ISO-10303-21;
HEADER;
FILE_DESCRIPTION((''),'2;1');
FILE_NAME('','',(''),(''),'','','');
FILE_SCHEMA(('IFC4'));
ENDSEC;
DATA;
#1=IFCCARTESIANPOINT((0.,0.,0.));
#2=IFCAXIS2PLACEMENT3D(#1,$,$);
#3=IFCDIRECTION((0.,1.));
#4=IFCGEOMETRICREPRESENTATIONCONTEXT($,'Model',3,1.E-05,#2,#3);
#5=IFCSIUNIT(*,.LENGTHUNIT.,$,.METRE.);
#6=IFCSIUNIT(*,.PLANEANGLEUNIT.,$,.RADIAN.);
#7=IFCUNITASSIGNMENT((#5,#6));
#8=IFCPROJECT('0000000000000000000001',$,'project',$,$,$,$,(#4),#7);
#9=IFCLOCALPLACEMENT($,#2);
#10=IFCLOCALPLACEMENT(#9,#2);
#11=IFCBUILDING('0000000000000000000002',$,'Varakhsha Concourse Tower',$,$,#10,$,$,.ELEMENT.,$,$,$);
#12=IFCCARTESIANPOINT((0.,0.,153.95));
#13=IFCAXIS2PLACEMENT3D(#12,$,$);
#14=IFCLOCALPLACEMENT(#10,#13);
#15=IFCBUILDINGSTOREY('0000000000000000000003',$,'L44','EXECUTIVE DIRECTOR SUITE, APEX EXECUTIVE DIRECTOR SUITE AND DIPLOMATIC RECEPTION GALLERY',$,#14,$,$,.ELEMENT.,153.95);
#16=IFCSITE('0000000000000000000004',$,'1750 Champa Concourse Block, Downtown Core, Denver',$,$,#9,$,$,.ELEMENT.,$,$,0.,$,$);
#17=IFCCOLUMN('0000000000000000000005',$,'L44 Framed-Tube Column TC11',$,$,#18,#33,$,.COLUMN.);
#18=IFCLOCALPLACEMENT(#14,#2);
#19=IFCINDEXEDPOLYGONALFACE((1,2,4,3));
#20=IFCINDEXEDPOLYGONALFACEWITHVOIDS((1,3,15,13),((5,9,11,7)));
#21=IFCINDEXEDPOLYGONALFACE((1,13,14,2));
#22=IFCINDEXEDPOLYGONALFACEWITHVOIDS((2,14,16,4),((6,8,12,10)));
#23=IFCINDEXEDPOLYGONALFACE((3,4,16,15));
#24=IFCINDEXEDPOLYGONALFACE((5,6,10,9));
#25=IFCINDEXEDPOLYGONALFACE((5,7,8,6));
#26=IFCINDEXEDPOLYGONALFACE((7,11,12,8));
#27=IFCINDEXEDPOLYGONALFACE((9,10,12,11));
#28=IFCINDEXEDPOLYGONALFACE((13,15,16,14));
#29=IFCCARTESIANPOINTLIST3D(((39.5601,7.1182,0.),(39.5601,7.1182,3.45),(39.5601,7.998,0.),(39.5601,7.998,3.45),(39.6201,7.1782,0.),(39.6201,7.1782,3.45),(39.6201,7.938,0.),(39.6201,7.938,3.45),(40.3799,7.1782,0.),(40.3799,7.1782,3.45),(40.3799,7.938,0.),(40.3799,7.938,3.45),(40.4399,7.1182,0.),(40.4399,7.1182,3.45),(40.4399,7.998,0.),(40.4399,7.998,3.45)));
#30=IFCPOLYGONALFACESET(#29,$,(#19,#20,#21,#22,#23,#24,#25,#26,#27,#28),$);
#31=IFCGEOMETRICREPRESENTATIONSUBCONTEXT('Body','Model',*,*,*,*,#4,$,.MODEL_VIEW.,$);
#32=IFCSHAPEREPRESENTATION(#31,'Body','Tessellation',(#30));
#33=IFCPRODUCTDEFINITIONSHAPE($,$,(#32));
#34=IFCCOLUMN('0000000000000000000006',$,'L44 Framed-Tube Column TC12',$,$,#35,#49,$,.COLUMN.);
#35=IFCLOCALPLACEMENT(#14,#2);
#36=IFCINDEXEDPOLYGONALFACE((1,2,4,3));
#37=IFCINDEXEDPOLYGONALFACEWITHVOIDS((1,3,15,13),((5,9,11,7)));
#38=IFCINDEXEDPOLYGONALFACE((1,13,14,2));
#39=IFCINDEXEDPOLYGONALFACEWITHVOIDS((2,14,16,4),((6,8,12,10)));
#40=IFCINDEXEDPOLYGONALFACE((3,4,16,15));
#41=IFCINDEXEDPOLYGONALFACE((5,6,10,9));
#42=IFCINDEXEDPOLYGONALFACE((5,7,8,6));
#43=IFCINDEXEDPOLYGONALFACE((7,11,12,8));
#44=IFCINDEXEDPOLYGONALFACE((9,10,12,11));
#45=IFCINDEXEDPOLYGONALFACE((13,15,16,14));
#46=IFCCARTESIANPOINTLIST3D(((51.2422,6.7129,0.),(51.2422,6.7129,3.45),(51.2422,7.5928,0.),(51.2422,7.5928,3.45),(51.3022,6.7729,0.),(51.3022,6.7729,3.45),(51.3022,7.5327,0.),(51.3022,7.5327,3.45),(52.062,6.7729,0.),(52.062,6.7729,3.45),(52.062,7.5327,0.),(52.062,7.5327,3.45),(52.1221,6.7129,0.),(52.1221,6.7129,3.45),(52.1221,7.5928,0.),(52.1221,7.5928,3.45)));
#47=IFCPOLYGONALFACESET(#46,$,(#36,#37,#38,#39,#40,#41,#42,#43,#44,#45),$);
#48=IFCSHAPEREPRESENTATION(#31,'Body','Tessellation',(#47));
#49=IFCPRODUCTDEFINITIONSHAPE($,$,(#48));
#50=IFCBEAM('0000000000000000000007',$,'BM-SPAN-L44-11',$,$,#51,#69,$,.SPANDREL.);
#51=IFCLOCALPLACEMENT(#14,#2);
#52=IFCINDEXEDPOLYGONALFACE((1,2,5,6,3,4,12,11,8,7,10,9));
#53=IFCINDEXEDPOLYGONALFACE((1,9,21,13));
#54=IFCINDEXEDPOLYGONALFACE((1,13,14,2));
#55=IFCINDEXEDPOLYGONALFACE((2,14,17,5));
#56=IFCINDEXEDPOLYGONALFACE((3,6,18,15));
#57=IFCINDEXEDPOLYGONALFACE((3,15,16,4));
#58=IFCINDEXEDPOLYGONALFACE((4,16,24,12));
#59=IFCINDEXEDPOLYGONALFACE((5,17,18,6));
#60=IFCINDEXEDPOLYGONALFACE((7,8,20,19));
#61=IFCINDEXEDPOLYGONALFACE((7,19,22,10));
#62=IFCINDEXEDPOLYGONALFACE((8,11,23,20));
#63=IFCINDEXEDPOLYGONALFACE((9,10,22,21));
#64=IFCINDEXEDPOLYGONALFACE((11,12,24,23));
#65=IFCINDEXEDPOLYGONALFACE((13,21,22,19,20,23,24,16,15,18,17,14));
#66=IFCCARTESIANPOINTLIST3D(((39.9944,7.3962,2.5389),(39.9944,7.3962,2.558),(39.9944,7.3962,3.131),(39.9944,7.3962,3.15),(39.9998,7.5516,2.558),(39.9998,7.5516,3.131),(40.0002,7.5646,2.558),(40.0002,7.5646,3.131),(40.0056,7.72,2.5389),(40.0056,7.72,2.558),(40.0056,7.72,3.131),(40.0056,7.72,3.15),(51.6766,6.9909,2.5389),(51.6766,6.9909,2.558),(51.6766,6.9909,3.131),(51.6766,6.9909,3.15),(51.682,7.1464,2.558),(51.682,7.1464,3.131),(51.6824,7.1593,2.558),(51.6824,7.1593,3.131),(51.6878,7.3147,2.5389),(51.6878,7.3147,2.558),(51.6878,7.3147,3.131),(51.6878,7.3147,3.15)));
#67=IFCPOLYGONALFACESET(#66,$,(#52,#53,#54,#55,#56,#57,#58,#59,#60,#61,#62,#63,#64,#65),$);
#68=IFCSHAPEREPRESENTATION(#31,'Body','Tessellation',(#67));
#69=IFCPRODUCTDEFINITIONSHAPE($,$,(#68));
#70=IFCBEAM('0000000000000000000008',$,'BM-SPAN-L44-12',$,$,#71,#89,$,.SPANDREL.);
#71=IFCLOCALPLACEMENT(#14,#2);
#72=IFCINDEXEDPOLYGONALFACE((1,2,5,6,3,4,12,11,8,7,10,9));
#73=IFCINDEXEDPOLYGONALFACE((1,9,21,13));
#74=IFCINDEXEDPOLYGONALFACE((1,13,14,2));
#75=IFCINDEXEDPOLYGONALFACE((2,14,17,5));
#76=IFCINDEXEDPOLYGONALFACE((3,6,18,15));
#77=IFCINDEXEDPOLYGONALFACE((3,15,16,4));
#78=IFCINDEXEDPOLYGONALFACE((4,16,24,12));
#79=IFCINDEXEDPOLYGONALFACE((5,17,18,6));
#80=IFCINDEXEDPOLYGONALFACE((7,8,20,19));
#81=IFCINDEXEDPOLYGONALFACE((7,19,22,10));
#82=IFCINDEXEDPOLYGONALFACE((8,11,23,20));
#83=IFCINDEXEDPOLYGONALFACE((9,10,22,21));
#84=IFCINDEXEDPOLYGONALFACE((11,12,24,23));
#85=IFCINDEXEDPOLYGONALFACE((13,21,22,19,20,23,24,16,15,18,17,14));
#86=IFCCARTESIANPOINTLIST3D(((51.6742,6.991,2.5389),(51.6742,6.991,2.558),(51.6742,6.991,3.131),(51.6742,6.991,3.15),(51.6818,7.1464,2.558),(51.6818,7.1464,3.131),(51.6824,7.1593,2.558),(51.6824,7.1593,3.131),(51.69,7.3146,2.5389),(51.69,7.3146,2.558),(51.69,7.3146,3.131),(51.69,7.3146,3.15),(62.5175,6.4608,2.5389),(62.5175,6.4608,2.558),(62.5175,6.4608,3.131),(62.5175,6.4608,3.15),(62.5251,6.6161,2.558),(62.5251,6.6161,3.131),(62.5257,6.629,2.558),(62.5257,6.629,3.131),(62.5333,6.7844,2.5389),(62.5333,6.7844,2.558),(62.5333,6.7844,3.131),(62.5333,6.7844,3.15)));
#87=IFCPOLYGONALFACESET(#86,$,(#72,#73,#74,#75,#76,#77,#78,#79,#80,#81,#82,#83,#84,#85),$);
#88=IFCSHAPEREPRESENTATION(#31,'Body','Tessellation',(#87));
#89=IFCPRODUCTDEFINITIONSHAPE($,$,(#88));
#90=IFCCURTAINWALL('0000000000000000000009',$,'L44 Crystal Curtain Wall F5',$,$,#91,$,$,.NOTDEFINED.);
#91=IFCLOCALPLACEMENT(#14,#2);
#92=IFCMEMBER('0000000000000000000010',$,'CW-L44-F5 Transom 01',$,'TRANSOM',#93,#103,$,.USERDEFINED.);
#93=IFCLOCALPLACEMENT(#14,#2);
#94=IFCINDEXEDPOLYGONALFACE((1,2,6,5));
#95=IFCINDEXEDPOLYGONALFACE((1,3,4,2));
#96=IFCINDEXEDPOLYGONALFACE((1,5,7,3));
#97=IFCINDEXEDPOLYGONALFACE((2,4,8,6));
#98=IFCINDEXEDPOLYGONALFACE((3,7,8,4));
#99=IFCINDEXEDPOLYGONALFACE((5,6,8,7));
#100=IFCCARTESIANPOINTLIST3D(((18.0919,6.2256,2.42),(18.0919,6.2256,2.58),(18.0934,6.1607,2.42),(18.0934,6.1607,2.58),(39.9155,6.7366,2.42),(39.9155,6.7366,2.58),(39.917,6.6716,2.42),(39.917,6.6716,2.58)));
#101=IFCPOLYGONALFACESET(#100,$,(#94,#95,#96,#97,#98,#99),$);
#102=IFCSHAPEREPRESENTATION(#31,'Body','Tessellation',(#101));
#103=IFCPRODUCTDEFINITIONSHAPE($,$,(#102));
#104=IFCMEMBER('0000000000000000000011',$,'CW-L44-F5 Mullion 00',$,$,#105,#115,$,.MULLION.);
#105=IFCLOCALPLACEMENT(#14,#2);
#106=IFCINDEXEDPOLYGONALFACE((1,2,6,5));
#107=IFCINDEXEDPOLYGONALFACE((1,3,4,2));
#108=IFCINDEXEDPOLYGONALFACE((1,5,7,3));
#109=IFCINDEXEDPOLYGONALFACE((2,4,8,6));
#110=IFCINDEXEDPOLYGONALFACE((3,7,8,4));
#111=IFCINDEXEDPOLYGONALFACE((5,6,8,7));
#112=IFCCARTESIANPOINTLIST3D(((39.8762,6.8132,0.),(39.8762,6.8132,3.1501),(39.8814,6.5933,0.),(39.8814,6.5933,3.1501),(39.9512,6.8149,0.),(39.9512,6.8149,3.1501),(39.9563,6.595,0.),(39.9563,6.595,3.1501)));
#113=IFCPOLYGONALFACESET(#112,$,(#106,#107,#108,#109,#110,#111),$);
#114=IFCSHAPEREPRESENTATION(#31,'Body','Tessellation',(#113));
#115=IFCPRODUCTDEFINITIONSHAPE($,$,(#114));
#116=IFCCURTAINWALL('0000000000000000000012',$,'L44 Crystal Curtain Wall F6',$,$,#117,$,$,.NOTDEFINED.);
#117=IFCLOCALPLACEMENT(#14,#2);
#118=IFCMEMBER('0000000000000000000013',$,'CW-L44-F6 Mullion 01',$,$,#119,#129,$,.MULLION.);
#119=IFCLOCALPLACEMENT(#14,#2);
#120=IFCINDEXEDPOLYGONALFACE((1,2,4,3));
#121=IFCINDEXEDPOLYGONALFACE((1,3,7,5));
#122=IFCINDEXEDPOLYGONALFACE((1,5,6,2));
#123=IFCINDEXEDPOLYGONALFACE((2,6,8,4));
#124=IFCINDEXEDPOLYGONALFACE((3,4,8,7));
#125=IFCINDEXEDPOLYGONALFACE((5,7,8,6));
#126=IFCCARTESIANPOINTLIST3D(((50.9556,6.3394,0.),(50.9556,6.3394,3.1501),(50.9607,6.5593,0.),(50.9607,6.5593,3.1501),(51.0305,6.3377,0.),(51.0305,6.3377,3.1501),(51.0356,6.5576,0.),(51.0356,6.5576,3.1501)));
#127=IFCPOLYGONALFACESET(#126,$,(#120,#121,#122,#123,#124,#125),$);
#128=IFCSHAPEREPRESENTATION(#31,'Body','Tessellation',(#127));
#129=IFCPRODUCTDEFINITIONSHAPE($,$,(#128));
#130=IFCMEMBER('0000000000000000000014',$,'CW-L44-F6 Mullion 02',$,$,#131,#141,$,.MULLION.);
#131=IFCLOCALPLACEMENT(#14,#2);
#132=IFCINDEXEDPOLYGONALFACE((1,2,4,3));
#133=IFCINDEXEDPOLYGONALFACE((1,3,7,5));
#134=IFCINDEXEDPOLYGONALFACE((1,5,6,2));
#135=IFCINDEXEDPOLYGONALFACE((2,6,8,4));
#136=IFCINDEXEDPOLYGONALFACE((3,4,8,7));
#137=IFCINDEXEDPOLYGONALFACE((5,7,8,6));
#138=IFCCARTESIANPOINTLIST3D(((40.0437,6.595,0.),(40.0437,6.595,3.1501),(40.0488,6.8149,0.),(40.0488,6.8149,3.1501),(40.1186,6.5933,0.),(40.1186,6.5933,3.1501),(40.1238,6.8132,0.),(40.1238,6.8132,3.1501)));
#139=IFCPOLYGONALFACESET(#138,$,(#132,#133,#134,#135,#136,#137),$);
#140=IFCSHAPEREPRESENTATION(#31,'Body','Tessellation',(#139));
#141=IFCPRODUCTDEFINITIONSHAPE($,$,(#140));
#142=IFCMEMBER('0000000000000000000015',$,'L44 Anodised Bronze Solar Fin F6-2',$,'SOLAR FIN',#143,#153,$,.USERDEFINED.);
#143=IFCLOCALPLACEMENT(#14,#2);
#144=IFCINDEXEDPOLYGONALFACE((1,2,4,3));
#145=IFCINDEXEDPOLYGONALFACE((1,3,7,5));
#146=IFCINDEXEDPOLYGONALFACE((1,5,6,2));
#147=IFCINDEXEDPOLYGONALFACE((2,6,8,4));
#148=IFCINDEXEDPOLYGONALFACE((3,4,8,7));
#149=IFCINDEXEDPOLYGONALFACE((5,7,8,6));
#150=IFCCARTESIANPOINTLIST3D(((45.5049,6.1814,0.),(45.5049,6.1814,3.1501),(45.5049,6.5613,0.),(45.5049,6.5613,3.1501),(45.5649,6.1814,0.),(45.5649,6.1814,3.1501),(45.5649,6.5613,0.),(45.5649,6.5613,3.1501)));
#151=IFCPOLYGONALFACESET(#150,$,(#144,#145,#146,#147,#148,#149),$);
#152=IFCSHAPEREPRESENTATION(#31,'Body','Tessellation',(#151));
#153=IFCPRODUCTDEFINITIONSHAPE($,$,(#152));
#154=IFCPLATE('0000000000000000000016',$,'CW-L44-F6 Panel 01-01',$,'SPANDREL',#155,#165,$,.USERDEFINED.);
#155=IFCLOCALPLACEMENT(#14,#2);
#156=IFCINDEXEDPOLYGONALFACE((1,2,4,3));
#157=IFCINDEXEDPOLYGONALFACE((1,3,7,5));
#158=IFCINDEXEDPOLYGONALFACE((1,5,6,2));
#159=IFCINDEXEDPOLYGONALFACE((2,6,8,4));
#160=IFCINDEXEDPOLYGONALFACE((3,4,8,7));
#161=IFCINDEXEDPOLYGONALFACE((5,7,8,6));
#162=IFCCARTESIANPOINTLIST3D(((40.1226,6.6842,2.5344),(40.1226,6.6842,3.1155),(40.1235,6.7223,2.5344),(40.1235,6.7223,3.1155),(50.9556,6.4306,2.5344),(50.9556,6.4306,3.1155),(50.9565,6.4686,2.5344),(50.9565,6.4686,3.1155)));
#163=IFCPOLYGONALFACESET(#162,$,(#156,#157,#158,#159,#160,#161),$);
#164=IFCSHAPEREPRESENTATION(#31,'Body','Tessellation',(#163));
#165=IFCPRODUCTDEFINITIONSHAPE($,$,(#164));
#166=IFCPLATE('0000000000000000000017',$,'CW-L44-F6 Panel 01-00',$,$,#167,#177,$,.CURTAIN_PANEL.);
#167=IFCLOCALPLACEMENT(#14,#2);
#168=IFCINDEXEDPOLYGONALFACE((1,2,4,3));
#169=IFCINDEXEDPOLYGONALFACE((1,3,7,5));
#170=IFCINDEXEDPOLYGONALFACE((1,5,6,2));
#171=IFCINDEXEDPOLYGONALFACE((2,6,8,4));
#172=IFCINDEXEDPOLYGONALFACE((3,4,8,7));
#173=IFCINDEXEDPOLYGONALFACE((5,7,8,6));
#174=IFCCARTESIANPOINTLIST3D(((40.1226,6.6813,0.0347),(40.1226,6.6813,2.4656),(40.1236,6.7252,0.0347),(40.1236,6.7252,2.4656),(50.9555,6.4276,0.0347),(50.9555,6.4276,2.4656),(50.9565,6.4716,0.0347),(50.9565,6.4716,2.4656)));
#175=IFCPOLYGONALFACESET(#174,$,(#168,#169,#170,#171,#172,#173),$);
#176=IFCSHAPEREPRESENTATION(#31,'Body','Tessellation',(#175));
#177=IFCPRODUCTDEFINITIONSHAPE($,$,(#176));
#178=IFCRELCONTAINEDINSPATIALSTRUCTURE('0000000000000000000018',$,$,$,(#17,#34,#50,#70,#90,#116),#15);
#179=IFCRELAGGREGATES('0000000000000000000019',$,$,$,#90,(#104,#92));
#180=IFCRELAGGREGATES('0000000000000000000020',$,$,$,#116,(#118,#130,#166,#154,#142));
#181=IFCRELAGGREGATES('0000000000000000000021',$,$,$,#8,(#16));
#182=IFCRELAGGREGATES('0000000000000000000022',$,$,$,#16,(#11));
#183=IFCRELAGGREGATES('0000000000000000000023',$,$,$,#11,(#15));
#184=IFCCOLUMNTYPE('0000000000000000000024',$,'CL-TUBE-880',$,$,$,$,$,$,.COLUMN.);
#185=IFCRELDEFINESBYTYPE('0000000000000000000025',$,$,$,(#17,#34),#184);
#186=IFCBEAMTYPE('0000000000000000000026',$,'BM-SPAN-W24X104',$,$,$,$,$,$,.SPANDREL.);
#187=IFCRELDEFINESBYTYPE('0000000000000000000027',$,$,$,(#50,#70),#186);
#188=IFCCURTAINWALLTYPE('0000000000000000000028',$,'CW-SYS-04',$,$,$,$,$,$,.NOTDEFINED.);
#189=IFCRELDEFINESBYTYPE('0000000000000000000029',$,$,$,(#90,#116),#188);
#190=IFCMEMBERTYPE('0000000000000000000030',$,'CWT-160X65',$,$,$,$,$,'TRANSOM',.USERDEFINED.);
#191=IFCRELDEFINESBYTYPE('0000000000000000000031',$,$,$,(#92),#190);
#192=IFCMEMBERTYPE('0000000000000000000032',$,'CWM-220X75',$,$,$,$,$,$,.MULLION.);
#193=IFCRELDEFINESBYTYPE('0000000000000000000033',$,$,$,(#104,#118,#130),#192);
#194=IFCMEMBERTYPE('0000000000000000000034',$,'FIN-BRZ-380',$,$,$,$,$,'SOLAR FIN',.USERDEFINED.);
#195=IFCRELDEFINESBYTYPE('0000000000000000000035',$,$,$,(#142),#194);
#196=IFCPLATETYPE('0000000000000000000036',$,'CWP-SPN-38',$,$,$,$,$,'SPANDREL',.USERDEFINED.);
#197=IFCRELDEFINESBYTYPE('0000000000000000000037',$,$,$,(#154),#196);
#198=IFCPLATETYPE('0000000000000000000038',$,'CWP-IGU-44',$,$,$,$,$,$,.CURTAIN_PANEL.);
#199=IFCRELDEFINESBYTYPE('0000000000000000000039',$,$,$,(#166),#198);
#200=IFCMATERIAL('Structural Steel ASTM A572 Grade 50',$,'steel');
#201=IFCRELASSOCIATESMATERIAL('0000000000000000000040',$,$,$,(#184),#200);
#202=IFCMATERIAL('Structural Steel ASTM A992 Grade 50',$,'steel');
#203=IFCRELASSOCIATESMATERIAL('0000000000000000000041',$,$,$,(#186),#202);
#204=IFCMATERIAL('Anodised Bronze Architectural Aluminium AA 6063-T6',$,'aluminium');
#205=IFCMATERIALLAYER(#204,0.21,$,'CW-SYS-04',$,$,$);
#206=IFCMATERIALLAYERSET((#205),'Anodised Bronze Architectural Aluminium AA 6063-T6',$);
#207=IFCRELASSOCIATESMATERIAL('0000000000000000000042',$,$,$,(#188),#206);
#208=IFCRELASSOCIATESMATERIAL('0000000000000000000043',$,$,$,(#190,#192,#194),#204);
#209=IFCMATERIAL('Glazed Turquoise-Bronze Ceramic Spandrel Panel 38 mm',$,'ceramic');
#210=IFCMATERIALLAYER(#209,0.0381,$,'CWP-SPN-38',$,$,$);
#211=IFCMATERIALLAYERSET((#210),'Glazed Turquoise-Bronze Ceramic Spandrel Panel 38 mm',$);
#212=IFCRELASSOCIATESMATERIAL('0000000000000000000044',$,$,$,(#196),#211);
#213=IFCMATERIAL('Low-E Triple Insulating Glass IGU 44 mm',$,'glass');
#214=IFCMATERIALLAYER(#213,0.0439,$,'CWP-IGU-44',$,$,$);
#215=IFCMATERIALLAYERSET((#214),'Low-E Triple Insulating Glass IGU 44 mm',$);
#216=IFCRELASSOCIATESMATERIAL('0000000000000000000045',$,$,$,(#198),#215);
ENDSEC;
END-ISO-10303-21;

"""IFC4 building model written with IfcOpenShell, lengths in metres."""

from ifc_helpers import new_model, si_unit, direction, frame, origin, origin_2d, place, context, subcontext, project, spatial, rectangle, hollow_rectangle, i_section, extrude, source, transform, mapped, material, layer, layer_set, material_profile, profile_set, type_object, type_shapes, element, aggregate, save


model = new_model("IFC4")

# Units and contexts
model_context = context("Model", 3, precision=1e-05, world=origin(), true_north=direction((0.0, 1.0)))
body_context = subcontext(model_context, "Body", "Model", "MODEL_VIEW")
ifc_project = project(units=[si_unit("LENGTHUNIT", "METRE"), si_unit("PLANEANGLEUNIT", "RADIAN")], contexts=[model_context])

# Site, building, storey
site_placement = place(None, origin())
site = spatial("IfcSite", under=ifc_project, at=site_placement, Name="1750 Champa Concourse Block, Downtown Core, Denver", CompositionType="ELEMENT", RefElevation=0.0)
building_placement = place(site_placement, origin())
building = spatial("IfcBuilding", under=site, at=building_placement, Name="Varakhsha Concourse Tower", CompositionType="ELEMENT")
storey_placement = place(building_placement, frame((0.0, 0.0, 153.95)))
storey = spatial("IfcBuildingStorey", under=building, at=storey_placement, Name="L44", Description="EXECUTIVE DIRECTOR SUITE, APEX EXECUTIVE DIRECTOR SUITE AND DIPLOMATIC RECEPTION GALLERY", CompositionType="ELEMENT", Elevation=153.95)

# Columns
ifc_material_1 = material(Name="Structural Steel ASTM A572 Grade 50", Category="steel")
ifc_material_profile_1 = material_profile(ifc_material_1, hollow_rectangle(XDim=0.8799, YDim=0.8799, WallThickness=0.0601, at=origin_2d()), Name="BOX 880x880x60")
ifc_profile_set_1 = profile_set([ifc_material_profile_1], Name="Structural Steel ASTM A572 Grade 50")
column_type = type_object("IfcColumnType", Name="CL-TUBE-880", PredefinedType="COLUMN", material=ifc_profile_set_1)
for number, where, z_axis, x_axis, name in (
    (1, (40.0, 7.5581, 0.0), (0.0, 0.0, 1.0), (1.0, 0.0, 0.0), "L44 Framed-Tube Column TC11"),
    (2, (51.6821, 7.1528, 0.0), (0.0, 0.0, 1.0), (1.0, 0.0, 0.0), "L44 Framed-Tube Column TC12"),
):
    element("IfcColumn", number, at=place(storey_placement, frame(where, z_axis=z_axis, x_axis=x_axis)), inside=storey, type_object=column_type, Name=name, PredefinedType="COLUMN", context=body_context, shape_type="SweptSolid", body=[
        extrude(hollow_rectangle(XDim=0.8799, YDim=0.8799, WallThickness=0.0601, at=origin_2d()), origin(), (0.0, 0.0, 1.0), 3.45),
    ])

# Beams
ifc_material_2 = material(Name="Structural Steel ASTM A992 Grade 50", Category="steel")
ifc_material_profile_2 = material_profile(ifc_material_2, i_section(OverallWidth=0.324, OverallDepth=0.6111, WebThickness=0.0129, FlangeThickness=0.019, at=origin_2d()), Name="W24X104")
ifc_profile_set_2 = profile_set([ifc_material_profile_2], Name="Structural Steel ASTM A992 Grade 50")
beam_type = type_object("IfcBeamType", Name="BM-SPAN-W24X104", PredefinedType="SPANDREL", material=ifc_profile_set_2)
beam_1_placement = place(storey_placement, frame((40.0, 7.5581, 2.8445), z_axis=(0.999399, -0.034671, 0.0), x_axis=(0.034671, 0.999399, 0.0)))
element("IfcBeam", 3, at=beam_1_placement, inside=storey, type_object=beam_type, Name="BM-SPAN-L44-11", PredefinedType="SPANDREL", context=body_context, shape_type="SweptSolid", body=[
    extrude(i_section(OverallWidth=0.324, OverallDepth=0.6111, WebThickness=0.0129, FlangeThickness=0.019, at=origin_2d()), origin(), (0.0, 0.0, 1.0), 11.6892),
])
beam_2_placement = place(storey_placement, frame((51.6821, 7.1528, 2.8445), z_axis=(0.998806, -0.048845, 0.0), x_axis=(0.048845, 0.998806, 0.0)))
element("IfcBeam", 4, at=beam_2_placement, inside=storey, type_object=beam_type, Name="BM-SPAN-L44-12", PredefinedType="SPANDREL", context=body_context, shape_type="SweptSolid", body=[
    extrude(i_section(OverallWidth=0.324, OverallDepth=0.6111, WebThickness=0.0129, FlangeThickness=0.019, at=origin_2d()), origin(), (0.0, 0.0, 1.0), 10.8562),
])

# Curtain wall, members
ifc_material_3 = material(Name="Anodised Bronze Architectural Aluminium AA 6063-T6", Category="aluminium")
ifc_layer_1 = layer(ifc_material_3, 0.21, Name="CW-SYS-04")
ifc_layer_set_1 = layer_set([ifc_layer_1], Name="Anodised Bronze Architectural Aluminium AA 6063-T6")
curtain_wall_type = type_object("IfcCurtainWallType", Name="CW-SYS-04", PredefinedType="NOTDEFINED", material=ifc_layer_set_1)
curtain_wall_1_placement = place(storey_placement, origin())
curtain_wall_1 = element("IfcCurtainWall", 5, at=curtain_wall_1_placement, inside=storey, type_object=curtain_wall_type, Name="L44 Crystal Curtain Wall F5", PredefinedType="NOTDEFINED")
ifc_material_profile_3 = material_profile(ifc_material_3, rectangle(XDim=0.0649, YDim=0.1599, at=origin_2d()), Name="CWT-160X65")
ifc_profile_set_3 = profile_set([ifc_material_profile_3], Name="Anodised Bronze Architectural Aluminium AA 6063-T6")
member_type_1 = type_object("IfcMemberType", Name="CWT-160X65", ElementType="TRANSOM", PredefinedType="USERDEFINED", material=ifc_profile_set_3)
shared_shape_1 = source(origin(), body_context, "Body", "SweptSolid", [
    extrude(rectangle(XDim=0.0649, YDim=0.1599, at=origin_2d()), origin(), (0.0, 0.0, 1.0), 21.8296),
])
type_shapes(member_type_1, [shared_shape_1])
member_1_placement = place(storey_placement, frame((39.9163, 6.7041, 2.5), z_axis=(-0.999726, -0.023408, 0.0), x_axis=(0.023408, -0.999726, 0.0)))
member_1 = element("IfcMember", 6, at=member_1_placement, type_object=member_type_1, Name="CW-L44-F5 Transom 01", ObjectType="TRANSOM", PredefinedType="USERDEFINED", context=body_context, shape_type="MappedRepresentation", body=[
    mapped(shared_shape_1, transform((0.0, 0.0, 0.0), scale=1.0)),
])
ifc_material_profile_4 = material_profile(ifc_material_3, rectangle(XDim=0.075, YDim=0.22, at=origin_2d()), Name="CWM-220X75")
ifc_profile_set_4 = profile_set([ifc_material_profile_4], Name="Anodised Bronze Architectural Aluminium AA 6063-T6")
member_type_2 = type_object("IfcMemberType", Name="CWM-220X75", PredefinedType="MULLION", material=ifc_profile_set_4)
shared_shape_2 = source(origin(), body_context, "Body", "SweptSolid", [
    extrude(rectangle(XDim=0.075, YDim=0.22, at=origin_2d()), origin(), (0.0, 0.0, 1.0), 3.1501),
])
type_shapes(member_type_2, [shared_shape_2])
member_2_placement = place(storey_placement, frame((39.9163, 6.7041, 0.0), z_axis=(0.0, 0.0, 1.0), x_axis=(-0.999726, -0.023404, 0.0)))
member_2 = element("IfcMember", 7, at=member_2_placement, type_object=member_type_2, Name="CW-L44-F5 Mullion 00", PredefinedType="MULLION", context=body_context, shape_type="MappedRepresentation", body=[
    mapped(shared_shape_2, transform((0.0, 0.0, 0.0), scale=1.0)),
])
aggregate(curtain_wall_1, [member_2, member_1])

# Curtain wall, members, plates
curtain_wall_2_placement = place(storey_placement, origin())
curtain_wall_2 = element("IfcCurtainWall", 8, at=curtain_wall_2_placement, inside=storey, type_object=curtain_wall_type, Name="L44 Crystal Curtain Wall F6", PredefinedType="NOTDEFINED")
member_3_placement = place(storey_placement, frame((50.9956, 6.4485, 0.0), z_axis=(0.0, 0.0, 1.0), x_axis=(-0.999726, 0.023404, 0.0)))
member_3 = element("IfcMember", 9, at=member_3_placement, type_object=member_type_2, Name="CW-L44-F6 Mullion 01", PredefinedType="MULLION", context=body_context, shape_type="MappedRepresentation", body=[
    mapped(shared_shape_2, transform((0.0, 0.0, 0.0), scale=1.0)),
])
member_4_placement = place(storey_placement, frame((40.0837, 6.7041, 0.0), z_axis=(0.0, 0.0, 1.0), x_axis=(-0.999726, 0.023404, 0.0)))
member_4 = element("IfcMember", 10, at=member_4_placement, type_object=member_type_2, Name="CW-L44-F6 Mullion 02", PredefinedType="MULLION", context=body_context, shape_type="MappedRepresentation", body=[
    mapped(shared_shape_2, transform((0.0, 0.0, 0.0), scale=1.0)),
])
ifc_material_profile_5 = material_profile(ifc_material_3, rectangle(XDim=0.0601, YDim=0.3799, at=origin_2d()), Name="FIN-BRZ-380")
ifc_profile_set_5 = profile_set([ifc_material_profile_5], Name="Anodised Bronze Architectural Aluminium AA 6063-T6")
member_type_3 = type_object("IfcMemberType", Name="FIN-BRZ-380", ElementType="SOLAR FIN", PredefinedType="USERDEFINED", material=ifc_profile_set_5)
shared_shape_3 = source(origin(), body_context, "Body", "SweptSolid", [
    extrude(rectangle(XDim=0.0601, YDim=0.3799, at=origin_2d()), origin(), (0.0, 0.0, 1.0), 3.1501),
])
type_shapes(member_type_3, [shared_shape_3])
member_5_placement = place(storey_placement, frame((45.5349, 6.3713, 0.0), z_axis=(0.0, 0.0, 1.0), x_axis=(1.0, 0.0, 0.0)))
member_5 = element("IfcMember", 11, at=member_5_placement, type_object=member_type_3, Name="L44 Anodised Bronze Solar Fin F6-2", ObjectType="SOLAR FIN", PredefinedType="USERDEFINED", context=body_context, shape_type="MappedRepresentation", body=[
    mapped(shared_shape_3, transform((0.0, 0.0, 0.0), scale=1.0)),
])
ifc_material_4 = material(Name="Glazed Turquoise-Bronze Ceramic Spandrel Panel 38 mm", Category="ceramic")
ifc_layer_2 = layer(ifc_material_4, 0.0381, Name="CWP-SPN-38")
ifc_layer_set_2 = layer_set([ifc_layer_2], Name="Glazed Turquoise-Bronze Ceramic Spandrel Panel 38 mm")
plate_type_1 = type_object("IfcPlateType", Name="CWP-SPN-38", ElementType="SPANDREL", PredefinedType="USERDEFINED", material=ifc_layer_set_2)
shared_shape_4 = source(origin(), body_context, "Body", "SweptSolid", [
    extrude(rectangle(XDim=10.8359, YDim=0.0381, at=origin_2d()), origin(), (0.0, 0.0, 1.0), 0.5811),
])
type_shapes(plate_type_1, [shared_shape_4])
plate_1_placement = place(storey_placement, frame((45.5396, 6.5764, 2.5344), z_axis=(0.0, 0.0, 1.0), x_axis=(-0.999726, 0.023404, 0.0)))
plate_1 = element("IfcPlate", 12, at=plate_1_placement, type_object=plate_type_1, Name="CW-L44-F6 Panel 01-01", ObjectType="SPANDREL", PredefinedType="USERDEFINED", context=body_context, shape_type="MappedRepresentation", body=[
    mapped(shared_shape_4, transform((0.0, 0.0, 0.0), scale=1.0)),
])
ifc_material_5 = material(Name="Low-E Triple Insulating Glass IGU 44 mm", Category="glass")
ifc_layer_3 = layer(ifc_material_5, 0.0439, Name="CWP-IGU-44")
ifc_layer_set_3 = layer_set([ifc_layer_3], Name="Low-E Triple Insulating Glass IGU 44 mm")
plate_type_2 = type_object("IfcPlateType", Name="CWP-IGU-44", PredefinedType="CURTAIN_PANEL", material=ifc_layer_set_3)
shared_shape_5 = source(origin(), body_context, "Body", "SweptSolid", [
    extrude(rectangle(XDim=10.8359, YDim=0.0439, at=origin_2d()), origin(), (0.0, 0.0, 1.0), 2.4309),
])
type_shapes(plate_type_2, [shared_shape_5])
plate_2_placement = place(storey_placement, frame((45.5396, 6.5764, 0.0347), z_axis=(0.0, 0.0, 1.0), x_axis=(-0.999726, 0.023404, 0.0)))
plate_2 = element("IfcPlate", 13, at=plate_2_placement, type_object=plate_type_2, Name="CW-L44-F6 Panel 01-00", PredefinedType="CURTAIN_PANEL", context=body_context, shape_type="MappedRepresentation", body=[
    mapped(shared_shape_5, transform((0.0, 0.0, 0.0), scale=1.0)),
])
aggregate(curtain_wall_2, [member_3, member_4, plate_2, plate_1, member_5])

save(model, "model.ifc")
